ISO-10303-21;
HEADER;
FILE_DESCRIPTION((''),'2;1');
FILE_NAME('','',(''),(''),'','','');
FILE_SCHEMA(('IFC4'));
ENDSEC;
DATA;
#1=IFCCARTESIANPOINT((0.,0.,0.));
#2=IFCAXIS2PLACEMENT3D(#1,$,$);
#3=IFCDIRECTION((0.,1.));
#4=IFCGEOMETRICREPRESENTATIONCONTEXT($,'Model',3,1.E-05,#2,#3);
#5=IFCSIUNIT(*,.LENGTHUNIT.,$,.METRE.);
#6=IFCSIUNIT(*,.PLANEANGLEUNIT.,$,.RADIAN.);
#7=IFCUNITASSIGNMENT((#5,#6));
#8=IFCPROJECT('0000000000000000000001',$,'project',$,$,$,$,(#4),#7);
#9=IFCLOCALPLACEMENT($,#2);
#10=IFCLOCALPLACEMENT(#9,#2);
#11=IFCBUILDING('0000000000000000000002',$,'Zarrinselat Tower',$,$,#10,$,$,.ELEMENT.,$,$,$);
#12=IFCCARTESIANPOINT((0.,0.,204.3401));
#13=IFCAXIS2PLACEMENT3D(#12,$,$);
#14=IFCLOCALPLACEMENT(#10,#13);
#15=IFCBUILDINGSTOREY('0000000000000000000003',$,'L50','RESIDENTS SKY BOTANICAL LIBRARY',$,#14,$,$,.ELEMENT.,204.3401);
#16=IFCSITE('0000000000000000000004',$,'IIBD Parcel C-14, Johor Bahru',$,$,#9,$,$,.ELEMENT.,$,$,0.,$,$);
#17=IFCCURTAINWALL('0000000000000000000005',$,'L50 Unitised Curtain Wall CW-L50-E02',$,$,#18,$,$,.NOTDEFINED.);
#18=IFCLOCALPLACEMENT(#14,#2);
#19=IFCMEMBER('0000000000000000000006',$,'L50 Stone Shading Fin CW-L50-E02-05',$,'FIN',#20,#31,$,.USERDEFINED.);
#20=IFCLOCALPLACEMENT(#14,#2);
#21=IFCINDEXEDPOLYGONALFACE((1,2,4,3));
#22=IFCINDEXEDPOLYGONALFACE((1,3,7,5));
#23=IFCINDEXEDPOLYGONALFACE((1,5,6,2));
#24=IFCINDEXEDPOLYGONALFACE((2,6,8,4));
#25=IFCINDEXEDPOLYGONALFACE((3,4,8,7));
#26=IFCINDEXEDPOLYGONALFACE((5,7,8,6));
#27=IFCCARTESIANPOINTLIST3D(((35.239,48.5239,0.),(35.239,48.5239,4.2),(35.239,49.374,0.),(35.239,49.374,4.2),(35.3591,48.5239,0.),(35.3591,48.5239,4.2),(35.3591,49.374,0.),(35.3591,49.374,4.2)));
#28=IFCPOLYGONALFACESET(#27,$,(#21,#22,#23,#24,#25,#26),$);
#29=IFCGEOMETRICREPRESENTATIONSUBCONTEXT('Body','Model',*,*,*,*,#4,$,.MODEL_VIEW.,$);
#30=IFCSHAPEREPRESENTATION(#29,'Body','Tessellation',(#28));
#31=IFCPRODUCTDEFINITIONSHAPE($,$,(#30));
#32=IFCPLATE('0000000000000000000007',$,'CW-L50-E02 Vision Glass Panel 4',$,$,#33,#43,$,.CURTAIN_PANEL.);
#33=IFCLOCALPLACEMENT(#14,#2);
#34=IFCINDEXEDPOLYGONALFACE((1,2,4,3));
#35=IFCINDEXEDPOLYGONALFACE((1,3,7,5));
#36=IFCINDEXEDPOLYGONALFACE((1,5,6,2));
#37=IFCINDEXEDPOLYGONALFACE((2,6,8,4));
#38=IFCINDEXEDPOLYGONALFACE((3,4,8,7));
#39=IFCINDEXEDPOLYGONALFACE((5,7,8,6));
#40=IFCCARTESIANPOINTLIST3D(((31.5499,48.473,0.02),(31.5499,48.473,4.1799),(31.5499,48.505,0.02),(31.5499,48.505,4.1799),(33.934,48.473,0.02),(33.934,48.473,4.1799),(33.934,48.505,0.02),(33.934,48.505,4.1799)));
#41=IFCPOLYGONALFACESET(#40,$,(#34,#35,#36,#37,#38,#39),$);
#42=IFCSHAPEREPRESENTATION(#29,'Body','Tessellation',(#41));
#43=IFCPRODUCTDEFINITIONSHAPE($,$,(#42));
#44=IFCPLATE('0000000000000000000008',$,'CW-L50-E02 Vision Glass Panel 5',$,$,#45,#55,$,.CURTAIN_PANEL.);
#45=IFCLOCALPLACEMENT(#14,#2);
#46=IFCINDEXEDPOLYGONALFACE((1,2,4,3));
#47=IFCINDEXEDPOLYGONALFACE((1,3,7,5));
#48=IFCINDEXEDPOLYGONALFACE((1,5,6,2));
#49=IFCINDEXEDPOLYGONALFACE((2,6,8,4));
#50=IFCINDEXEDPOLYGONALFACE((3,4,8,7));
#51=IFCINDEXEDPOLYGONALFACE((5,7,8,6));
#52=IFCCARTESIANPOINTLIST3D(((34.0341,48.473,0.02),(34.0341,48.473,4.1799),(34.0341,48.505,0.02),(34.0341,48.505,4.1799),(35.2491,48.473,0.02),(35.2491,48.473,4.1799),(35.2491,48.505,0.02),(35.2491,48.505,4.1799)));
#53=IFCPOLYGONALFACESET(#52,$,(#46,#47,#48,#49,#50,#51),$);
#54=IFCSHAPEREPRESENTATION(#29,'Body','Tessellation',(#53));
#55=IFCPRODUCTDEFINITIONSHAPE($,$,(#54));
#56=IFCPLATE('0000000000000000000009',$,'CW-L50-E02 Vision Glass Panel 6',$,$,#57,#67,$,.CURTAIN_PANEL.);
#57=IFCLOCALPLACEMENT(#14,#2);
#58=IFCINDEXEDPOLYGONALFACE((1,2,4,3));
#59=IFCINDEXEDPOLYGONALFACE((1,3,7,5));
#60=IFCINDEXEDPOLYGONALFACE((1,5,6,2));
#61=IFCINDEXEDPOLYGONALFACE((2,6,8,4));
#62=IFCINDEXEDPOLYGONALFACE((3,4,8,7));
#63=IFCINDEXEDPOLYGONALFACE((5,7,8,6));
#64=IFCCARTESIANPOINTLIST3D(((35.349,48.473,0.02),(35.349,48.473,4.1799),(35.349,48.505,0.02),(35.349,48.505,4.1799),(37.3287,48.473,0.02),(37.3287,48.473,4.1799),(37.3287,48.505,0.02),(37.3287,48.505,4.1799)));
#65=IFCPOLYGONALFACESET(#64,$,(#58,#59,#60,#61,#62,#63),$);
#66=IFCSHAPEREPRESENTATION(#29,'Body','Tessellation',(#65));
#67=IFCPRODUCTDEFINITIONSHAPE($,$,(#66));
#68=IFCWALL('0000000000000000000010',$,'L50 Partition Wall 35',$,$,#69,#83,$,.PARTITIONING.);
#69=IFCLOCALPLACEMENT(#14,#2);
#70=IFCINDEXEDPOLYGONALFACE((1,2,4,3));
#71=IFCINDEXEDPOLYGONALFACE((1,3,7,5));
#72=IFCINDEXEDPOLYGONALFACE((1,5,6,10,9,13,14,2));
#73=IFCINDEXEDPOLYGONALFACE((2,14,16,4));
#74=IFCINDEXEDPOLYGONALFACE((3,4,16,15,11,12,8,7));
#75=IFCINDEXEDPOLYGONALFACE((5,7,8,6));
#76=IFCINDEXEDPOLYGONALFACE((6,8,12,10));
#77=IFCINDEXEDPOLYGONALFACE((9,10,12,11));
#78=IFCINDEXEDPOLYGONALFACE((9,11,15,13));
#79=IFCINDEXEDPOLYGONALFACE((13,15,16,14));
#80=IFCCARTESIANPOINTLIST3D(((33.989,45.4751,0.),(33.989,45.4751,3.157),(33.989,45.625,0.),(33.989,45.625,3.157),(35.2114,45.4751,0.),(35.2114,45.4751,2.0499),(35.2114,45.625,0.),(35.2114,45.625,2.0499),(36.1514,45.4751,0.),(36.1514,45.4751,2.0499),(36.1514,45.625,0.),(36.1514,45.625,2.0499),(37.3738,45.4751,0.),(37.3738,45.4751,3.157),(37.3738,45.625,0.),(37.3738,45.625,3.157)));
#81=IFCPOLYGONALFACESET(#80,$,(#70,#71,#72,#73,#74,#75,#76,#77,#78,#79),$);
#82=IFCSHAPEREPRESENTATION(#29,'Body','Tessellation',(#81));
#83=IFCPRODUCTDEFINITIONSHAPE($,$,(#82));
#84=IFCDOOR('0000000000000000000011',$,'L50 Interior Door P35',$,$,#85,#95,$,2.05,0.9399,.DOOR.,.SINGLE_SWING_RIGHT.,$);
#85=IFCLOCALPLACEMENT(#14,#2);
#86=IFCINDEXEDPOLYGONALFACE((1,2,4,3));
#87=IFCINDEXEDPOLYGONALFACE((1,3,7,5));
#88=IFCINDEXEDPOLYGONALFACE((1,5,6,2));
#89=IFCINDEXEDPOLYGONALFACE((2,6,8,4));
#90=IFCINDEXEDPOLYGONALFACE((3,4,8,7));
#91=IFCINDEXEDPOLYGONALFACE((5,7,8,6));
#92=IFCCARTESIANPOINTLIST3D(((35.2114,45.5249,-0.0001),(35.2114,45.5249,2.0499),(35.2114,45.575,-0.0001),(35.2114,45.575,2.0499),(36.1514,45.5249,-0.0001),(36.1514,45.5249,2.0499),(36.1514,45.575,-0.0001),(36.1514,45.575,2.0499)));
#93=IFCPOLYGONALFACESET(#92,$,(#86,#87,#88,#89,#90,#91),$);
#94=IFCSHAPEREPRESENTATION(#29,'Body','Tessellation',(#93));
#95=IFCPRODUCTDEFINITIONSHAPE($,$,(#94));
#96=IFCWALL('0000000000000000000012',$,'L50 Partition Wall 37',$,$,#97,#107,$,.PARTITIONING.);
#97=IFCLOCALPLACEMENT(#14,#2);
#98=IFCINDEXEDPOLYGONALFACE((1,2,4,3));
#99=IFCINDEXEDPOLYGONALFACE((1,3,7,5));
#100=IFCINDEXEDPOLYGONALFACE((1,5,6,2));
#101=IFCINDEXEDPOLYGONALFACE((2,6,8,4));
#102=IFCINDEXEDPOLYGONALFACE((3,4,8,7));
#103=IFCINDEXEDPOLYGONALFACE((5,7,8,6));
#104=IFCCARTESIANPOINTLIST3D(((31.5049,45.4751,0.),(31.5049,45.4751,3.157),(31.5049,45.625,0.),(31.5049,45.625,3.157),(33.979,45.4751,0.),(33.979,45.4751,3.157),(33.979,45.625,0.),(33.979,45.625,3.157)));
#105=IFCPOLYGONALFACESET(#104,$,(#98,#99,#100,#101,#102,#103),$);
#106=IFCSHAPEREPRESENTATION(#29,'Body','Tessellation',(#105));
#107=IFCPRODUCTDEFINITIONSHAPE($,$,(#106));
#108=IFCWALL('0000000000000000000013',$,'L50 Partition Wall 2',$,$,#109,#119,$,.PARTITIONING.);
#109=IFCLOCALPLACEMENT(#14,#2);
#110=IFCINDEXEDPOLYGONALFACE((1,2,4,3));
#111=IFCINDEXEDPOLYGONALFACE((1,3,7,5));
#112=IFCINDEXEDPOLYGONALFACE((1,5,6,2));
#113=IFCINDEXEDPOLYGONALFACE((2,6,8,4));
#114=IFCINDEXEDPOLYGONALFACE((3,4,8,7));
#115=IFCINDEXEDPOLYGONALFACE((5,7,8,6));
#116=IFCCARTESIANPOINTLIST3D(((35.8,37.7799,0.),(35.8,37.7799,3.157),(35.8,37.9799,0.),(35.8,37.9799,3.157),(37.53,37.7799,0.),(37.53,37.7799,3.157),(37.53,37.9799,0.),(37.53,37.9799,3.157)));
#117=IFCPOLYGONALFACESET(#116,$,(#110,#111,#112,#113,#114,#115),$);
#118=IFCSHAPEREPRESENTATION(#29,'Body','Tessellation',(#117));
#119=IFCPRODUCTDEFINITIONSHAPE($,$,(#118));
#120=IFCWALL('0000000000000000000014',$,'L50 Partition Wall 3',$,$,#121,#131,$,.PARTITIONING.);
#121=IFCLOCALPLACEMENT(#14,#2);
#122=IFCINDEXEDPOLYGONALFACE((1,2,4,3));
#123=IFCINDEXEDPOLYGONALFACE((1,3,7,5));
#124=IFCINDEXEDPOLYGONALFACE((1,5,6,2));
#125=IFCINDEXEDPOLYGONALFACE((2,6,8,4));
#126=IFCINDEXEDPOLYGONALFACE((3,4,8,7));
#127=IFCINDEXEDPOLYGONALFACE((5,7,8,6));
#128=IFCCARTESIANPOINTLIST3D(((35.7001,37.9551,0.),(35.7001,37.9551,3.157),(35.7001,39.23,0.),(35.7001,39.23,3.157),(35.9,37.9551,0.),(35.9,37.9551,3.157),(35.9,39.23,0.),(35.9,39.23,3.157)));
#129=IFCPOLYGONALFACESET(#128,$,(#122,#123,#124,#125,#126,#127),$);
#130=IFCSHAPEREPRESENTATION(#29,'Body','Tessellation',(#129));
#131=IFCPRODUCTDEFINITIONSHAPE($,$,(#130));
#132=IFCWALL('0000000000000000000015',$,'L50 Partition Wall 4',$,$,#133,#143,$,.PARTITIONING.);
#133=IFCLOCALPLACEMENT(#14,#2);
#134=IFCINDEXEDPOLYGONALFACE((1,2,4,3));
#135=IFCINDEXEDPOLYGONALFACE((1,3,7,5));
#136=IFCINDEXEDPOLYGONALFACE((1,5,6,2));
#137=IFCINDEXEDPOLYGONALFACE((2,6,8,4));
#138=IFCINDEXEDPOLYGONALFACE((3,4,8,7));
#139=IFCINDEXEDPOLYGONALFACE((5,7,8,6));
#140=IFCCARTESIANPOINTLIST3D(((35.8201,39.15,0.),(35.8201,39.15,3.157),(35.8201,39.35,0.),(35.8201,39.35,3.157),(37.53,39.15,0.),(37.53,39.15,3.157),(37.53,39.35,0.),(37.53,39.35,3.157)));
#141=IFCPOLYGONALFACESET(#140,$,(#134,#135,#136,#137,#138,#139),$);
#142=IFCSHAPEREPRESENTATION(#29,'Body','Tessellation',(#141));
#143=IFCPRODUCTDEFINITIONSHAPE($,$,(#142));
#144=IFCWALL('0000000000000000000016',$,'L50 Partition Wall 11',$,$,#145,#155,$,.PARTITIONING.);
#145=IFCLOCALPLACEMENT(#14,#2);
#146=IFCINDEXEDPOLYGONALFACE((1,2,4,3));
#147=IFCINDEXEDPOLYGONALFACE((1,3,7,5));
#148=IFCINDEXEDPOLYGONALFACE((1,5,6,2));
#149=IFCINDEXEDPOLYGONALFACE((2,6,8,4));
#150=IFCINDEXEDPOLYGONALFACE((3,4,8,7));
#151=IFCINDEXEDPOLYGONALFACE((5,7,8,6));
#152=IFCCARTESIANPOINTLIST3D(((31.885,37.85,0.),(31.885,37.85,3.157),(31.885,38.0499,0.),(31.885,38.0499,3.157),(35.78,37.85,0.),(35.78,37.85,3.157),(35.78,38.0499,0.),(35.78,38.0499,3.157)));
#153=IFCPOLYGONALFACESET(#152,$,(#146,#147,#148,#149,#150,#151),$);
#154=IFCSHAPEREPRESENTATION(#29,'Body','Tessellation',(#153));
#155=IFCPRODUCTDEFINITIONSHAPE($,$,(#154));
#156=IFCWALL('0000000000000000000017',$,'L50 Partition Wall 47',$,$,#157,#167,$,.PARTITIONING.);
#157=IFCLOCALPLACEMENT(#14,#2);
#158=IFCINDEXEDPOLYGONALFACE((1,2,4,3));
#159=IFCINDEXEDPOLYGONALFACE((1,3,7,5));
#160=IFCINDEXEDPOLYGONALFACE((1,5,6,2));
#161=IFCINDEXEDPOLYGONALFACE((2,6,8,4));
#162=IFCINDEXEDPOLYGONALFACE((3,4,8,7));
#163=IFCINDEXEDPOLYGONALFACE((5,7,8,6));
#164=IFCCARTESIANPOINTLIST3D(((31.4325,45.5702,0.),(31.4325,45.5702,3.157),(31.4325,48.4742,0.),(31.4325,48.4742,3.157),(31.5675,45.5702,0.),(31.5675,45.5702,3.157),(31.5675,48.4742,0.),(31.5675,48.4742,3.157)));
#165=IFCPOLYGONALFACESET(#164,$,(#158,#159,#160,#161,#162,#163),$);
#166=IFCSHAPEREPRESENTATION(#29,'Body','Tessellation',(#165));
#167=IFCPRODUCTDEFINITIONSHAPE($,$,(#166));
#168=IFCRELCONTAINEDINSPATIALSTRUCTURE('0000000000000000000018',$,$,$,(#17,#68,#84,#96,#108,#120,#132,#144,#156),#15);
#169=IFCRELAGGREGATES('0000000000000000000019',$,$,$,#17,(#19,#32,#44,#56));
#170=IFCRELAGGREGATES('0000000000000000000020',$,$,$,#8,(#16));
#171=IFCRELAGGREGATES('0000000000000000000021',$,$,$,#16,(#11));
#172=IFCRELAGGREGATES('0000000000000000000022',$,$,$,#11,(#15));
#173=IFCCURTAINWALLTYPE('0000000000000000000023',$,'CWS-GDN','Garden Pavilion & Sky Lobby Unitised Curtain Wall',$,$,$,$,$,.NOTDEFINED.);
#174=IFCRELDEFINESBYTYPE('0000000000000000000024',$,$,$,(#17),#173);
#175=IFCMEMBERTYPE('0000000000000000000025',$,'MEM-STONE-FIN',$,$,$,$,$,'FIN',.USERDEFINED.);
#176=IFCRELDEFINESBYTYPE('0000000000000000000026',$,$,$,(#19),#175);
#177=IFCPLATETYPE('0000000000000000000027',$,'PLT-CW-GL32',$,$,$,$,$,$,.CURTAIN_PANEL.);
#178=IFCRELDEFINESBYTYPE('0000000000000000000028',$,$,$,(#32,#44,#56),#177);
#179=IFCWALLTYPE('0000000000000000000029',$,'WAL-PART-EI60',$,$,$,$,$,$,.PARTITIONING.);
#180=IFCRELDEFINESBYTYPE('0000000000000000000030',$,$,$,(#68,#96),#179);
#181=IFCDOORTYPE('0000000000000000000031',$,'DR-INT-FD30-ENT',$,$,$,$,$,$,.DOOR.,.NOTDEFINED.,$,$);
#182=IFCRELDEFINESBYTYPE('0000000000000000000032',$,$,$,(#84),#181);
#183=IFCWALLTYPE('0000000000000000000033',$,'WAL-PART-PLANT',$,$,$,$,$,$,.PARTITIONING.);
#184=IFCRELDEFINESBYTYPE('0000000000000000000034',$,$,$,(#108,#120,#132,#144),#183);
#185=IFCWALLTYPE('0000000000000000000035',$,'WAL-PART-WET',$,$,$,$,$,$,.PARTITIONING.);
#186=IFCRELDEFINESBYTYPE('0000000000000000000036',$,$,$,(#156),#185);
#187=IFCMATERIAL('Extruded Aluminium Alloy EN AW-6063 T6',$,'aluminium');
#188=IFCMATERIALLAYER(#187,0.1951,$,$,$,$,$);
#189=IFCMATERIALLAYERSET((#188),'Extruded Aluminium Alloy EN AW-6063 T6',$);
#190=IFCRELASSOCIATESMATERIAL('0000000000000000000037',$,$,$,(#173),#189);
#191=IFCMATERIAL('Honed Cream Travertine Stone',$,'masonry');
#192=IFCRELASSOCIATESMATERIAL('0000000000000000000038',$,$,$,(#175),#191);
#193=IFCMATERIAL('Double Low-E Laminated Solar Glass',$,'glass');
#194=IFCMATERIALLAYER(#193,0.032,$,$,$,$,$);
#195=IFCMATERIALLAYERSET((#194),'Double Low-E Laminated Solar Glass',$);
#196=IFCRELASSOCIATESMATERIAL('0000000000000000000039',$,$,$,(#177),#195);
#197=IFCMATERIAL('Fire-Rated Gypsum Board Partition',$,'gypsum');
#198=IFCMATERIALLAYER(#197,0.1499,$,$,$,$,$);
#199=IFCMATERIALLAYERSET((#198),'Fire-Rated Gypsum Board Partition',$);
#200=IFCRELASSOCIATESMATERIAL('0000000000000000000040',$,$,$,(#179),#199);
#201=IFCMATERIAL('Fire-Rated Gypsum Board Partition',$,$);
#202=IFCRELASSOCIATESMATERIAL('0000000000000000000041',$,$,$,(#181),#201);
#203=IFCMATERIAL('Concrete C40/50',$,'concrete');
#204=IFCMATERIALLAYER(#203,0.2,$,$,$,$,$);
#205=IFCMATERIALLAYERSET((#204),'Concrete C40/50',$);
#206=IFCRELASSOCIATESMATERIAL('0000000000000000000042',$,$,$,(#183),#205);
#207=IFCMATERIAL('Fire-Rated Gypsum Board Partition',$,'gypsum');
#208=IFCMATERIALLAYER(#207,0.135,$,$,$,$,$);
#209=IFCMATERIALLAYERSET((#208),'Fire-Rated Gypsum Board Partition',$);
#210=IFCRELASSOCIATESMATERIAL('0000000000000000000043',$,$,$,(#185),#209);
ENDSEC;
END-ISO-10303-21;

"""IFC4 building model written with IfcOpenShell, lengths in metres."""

from ifc_helpers import new_model, si_unit, direction, frame, frame_2d, origin, origin_2d, place, context, subcontext, project, spatial, rectangle, extrude, material, layer, layer_set, material_profile, profile_set, type_object, element, fill, aggregate, save


model = new_model("IFC4")

# Units and contexts
model_context = context("Model", 3, precision=1e-05, world=origin(), true_north=direction((0.0, 1.0)))
body_context = subcontext(model_context, "Body", "Model", "MODEL_VIEW")
ifc_project = project(units=[si_unit("LENGTHUNIT", "METRE"), si_unit("PLANEANGLEUNIT", "RADIAN")], contexts=[model_context])

# Site, building, storey
site_placement = place(None, origin())
site = spatial("IfcSite", under=ifc_project, at=site_placement, Name="IIBD Parcel C-14, Johor Bahru", CompositionType="ELEMENT", RefElevation=0.0)
building_placement = place(site_placement, origin())
building = spatial("IfcBuilding", under=site, at=building_placement, Name="Zarrinselat Tower", CompositionType="ELEMENT")
storey_placement = place(building_placement, frame((0.0, 0.0, 204.3401)))
storey = spatial("IfcBuildingStorey", under=building, at=storey_placement, Name="L50", Description="RESIDENTS SKY BOTANICAL LIBRARY", CompositionType="ELEMENT", Elevation=204.3401)

# Curtain wall, member, plates
ifc_material_1 = material(Name="Extruded Aluminium Alloy EN AW-6063 T6", Category="aluminium")
ifc_layer_1 = layer(ifc_material_1, 0.1951)
ifc_layer_set_1 = layer_set([ifc_layer_1], Name="Extruded Aluminium Alloy EN AW-6063 T6")
curtain_wall_type = type_object("IfcCurtainWallType", Name="CWS-GDN", Description="Garden Pavilion & Sky Lobby Unitised Curtain Wall", PredefinedType="NOTDEFINED", material=ifc_layer_set_1)
curtain_wall_placement = place(storey_placement, origin())
curtain_wall = element("IfcCurtainWall", 1, at=curtain_wall_placement, inside=storey, type_object=curtain_wall_type, Name="L50 Unitised Curtain Wall CW-L50-E02", PredefinedType="NOTDEFINED")
ifc_material_2 = material(Name="Honed Cream Travertine Stone", Category="masonry")
ifc_material_profile_1 = material_profile(ifc_material_2, rectangle(XDim=0.1201, YDim=0.8501, at=origin_2d()), Name="FIN 850x120")
ifc_profile_set_1 = profile_set([ifc_material_profile_1], Name="Honed Cream Travertine Stone")
member_type_1 = type_object("IfcMemberType", Name="MEM-STONE-FIN", ElementType="FIN", PredefinedType="USERDEFINED", material=ifc_profile_set_1)
member_1_placement = place(storey_placement, frame((35.2991, 48.949, 0.0), z_axis=(0.0, 0.0, 1.0), x_axis=(1.0, 0.0, 0.0)))
member_1 = element("IfcMember", 2, at=member_1_placement, type_object=member_type_1, Name="L50 Stone Shading Fin CW-L50-E02-05", ObjectType="FIN", PredefinedType="USERDEFINED", context=body_context, shape_type="SweptSolid", body=[
    extrude(rectangle(XDim=0.1201, YDim=0.8501, at=origin_2d()), origin(), (0.0, 0.0, 1.0), 4.2),
])
ifc_material_3 = material(Name="Double Low-E Laminated Solar Glass", Category="glass")
ifc_layer_2 = layer(ifc_material_3, 0.032)
ifc_layer_set_2 = layer_set([ifc_layer_2], Name="Double Low-E Laminated Solar Glass")
plate_type = type_object("IfcPlateType", Name="PLT-CW-GL32", PredefinedType="CURTAIN_PANEL", material=ifc_layer_set_2)
plate_1_placement = place(storey_placement, frame((32.7419, 48.489, 0.02), z_axis=(0.0, 0.0, 1.0), x_axis=(1.0, 0.0, 0.0)))
plate_1 = element("IfcPlate", 3, at=plate_1_placement, type_object=plate_type, Name="CW-L50-E02 Vision Glass Panel 4", PredefinedType="CURTAIN_PANEL", context=body_context, shape_type="SweptSolid", body=[
    extrude(rectangle(XDim=2.384, YDim=0.032, at=origin_2d()), origin(), (0.0, 0.0, 1.0), 4.1599),
])
plate_2_placement = place(storey_placement, frame((34.6416, 48.489, 0.02), z_axis=(0.0, 0.0, 1.0), x_axis=(1.0, 0.0, 0.0)))
plate_2 = element("IfcPlate", 4, at=plate_2_placement, type_object=plate_type, Name="CW-L50-E02 Vision Glass Panel 5", PredefinedType="CURTAIN_PANEL", context=body_context, shape_type="SweptSolid", body=[
    extrude(rectangle(XDim=1.2151, YDim=0.032, at=origin_2d()), origin(), (0.0, 0.0, 1.0), 4.1599),
])
plate_3_placement = place(storey_placement, frame((36.3389, 48.489, 0.02), z_axis=(0.0, 0.0, 1.0), x_axis=(1.0, 0.0, 0.0)))
plate_3 = element("IfcPlate", 5, at=plate_3_placement, type_object=plate_type, Name="CW-L50-E02 Vision Glass Panel 6", PredefinedType="CURTAIN_PANEL", context=body_context, shape_type="SweptSolid", body=[
    extrude(rectangle(XDim=1.9797, YDim=0.032, at=origin_2d()), origin(), (0.0, 0.0, 1.0), 4.1599),
])
aggregate(curtain_wall, [member_1, plate_1, plate_2, plate_3])

# Wall, opening, door
ifc_material_4 = material(Name="Fire-Rated Gypsum Board Partition", Category="gypsum")
ifc_layer_3 = layer(ifc_material_4, 0.1499)
ifc_layer_set_3 = layer_set([ifc_layer_3], Name="Fire-Rated Gypsum Board Partition")
wall_type_1 = type_object("IfcWallType", Name="WAL-PART-EI60", PredefinedType="PARTITIONING", material=ifc_layer_set_3)
wall_1_placement = place(storey_placement, frame((33.989, 45.55, 0.0), z_axis=(0.0, 0.0, 1.0), x_axis=(1.0, 0.0, 0.0)))
wall_1 = element("IfcWall", 6, at=wall_1_placement, inside=storey, type_object=wall_type_1, Name="L50 Partition Wall 35", PredefinedType="PARTITIONING", context=body_context, shape_type="SweptSolid", body=[
    extrude(rectangle(XDim=3.3848, YDim=0.1499, at=frame_2d((1.6924, 0.0))), origin(), (0.0, 0.0, 1.0), 3.157),
])
opening_1_placement = place(wall_1_placement, frame((1.2224, 0.0, 0.0)))
opening_1 = element("IfcOpeningElement", 7, at=opening_1_placement, cuts=wall_1, PredefinedType="OPENING", context=body_context, shape_type="SweptSolid", body=[
    extrude(rectangle(XDim=0.9399, YDim=2.05, at=frame_2d((0.47, 1.0249))), frame((0.0, 0.085, 0.0), z_axis=(0.0, -1.0, 0.0), x_axis=(1.0, 0.0, 0.0)), (0.0, 0.0, 1.0), 0.1699),
])
ifc_material_5 = material(Name="Fire-Rated Gypsum Board Partition")
door_type_1 = type_object("IfcDoorType", Name="DR-INT-FD30-ENT", OperationType="NOTDEFINED", PredefinedType="DOOR", material=ifc_material_5)
door_1_placement = place(opening_1_placement, origin())
door_1 = element("IfcDoor", 8, at=door_1_placement, inside=storey, type_object=door_type_1, Name="L50 Interior Door P35", OperationType="SINGLE_SWING_RIGHT", OverallHeight=2.05, OverallWidth=0.9399, PredefinedType="DOOR", context=body_context, shape_type="SweptSolid", body=[
    extrude(rectangle(XDim=0.9399, YDim=2.05, at=frame_2d((0.47, 1.0249))), frame((0.0, 0.0249, 0.0), z_axis=(0.0, -1.0, 0.0), x_axis=(1.0, 0.0, 0.0)), (0.0, 0.0, 1.0), 0.05),
])
fill(opening_1, door_1)

# Walls
wall_2_placement = place(storey_placement, frame((31.5049, 45.55, 0.0), z_axis=(0.0, 0.0, 1.0), x_axis=(1.0, 0.0, 0.0)))
element("IfcWall", 9, at=wall_2_placement, inside=storey, type_object=wall_type_1, Name="L50 Partition Wall 37", PredefinedType="PARTITIONING", context=body_context, shape_type="SweptSolid", body=[
    extrude(rectangle(XDim=2.4741, YDim=0.1499, at=frame_2d((1.2371, 0.0))), origin(), (0.0, 0.0, 1.0), 3.157),
])
ifc_material_6 = material(Name="Concrete C40/50", Category="concrete")
ifc_layer_4 = layer(ifc_material_6, 0.2)
ifc_layer_set_4 = layer_set([ifc_layer_4], Name="Concrete C40/50")
wall_type_2 = type_object("IfcWallType", Name="WAL-PART-PLANT", PredefinedType="PARTITIONING", material=ifc_layer_set_4)
wall_3_placement = place(storey_placement, frame((35.8, 37.8799, 0.0), z_axis=(0.0, 0.0, 1.0), x_axis=(1.0, 0.0, 0.0)))
element("IfcWall", 10, at=wall_3_placement, inside=storey, type_object=wall_type_2, Name="L50 Partition Wall 2", PredefinedType="PARTITIONING", context=body_context, shape_type="SweptSolid", body=[
    extrude(rectangle(XDim=1.73, YDim=0.2, at=frame_2d((0.865, 0.0))), origin(), (0.0, 0.0, 1.0), 3.157),
])
wall_4_placement = place(storey_placement, frame((35.8, 37.9551, 0.0), z_axis=(0.0, 0.0, 1.0), x_axis=(0.0, 1.0, 0.0)))
element("IfcWall", 11, at=wall_4_placement, inside=storey, type_object=wall_type_2, Name="L50 Partition Wall 3", PredefinedType="PARTITIONING", context=body_context, shape_type="SweptSolid", body=[
    extrude(rectangle(XDim=1.2749, YDim=0.2, at=frame_2d((0.6375, 0.0))), origin(), (0.0, 0.0, 1.0), 3.157),
])
wall_5_placement = place(storey_placement, frame((35.8201, 39.25, 0.0), z_axis=(0.0, 0.0, 1.0), x_axis=(1.0, 0.0, 0.0)))
element("IfcWall", 12, at=wall_5_placement, inside=storey, type_object=wall_type_2, Name="L50 Partition Wall 4", PredefinedType="PARTITIONING", context=body_context, shape_type="SweptSolid", body=[
    extrude(rectangle(XDim=1.71, YDim=0.2, at=frame_2d((0.855, 0.0))), origin(), (0.0, 0.0, 1.0), 3.157),
])
wall_6_placement = place(storey_placement, frame((31.885, 37.95, 0.0), z_axis=(0.0, 0.0, 1.0), x_axis=(1.0, 0.0, 0.0)))
element("IfcWall", 13, at=wall_6_placement, inside=storey, type_object=wall_type_2, Name="L50 Partition Wall 11", PredefinedType="PARTITIONING", context=body_context, shape_type="SweptSolid", body=[
    extrude(rectangle(XDim=3.895, YDim=0.2, at=frame_2d((1.9475, 0.0))), origin(), (0.0, 0.0, 1.0), 3.157),
])
ifc_material_7 = material(Name="Fire-Rated Gypsum Board Partition", Category="gypsum")
ifc_layer_5 = layer(ifc_material_7, 0.135)
ifc_layer_set_5 = layer_set([ifc_layer_5], Name="Fire-Rated Gypsum Board Partition")
wall_type_3 = type_object("IfcWallType", Name="WAL-PART-WET", PredefinedType="PARTITIONING", material=ifc_layer_set_5)
wall_7_placement = place(storey_placement, frame((31.5, 45.5701, 0.0), z_axis=(0.0, 0.0, 1.0), x_axis=(0.0, 1.0, 0.0)))
element("IfcWall", 14, at=wall_7_placement, inside=storey, type_object=wall_type_3, Name="L50 Partition Wall 47", PredefinedType="PARTITIONING", context=body_context, shape_type="SweptSolid", body=[
    extrude(rectangle(XDim=2.9041, YDim=0.135, at=frame_2d((1.4521, 0.0))), origin(), (0.0, 0.0, 1.0), 3.157),
])

save(model, "model.ifc")
